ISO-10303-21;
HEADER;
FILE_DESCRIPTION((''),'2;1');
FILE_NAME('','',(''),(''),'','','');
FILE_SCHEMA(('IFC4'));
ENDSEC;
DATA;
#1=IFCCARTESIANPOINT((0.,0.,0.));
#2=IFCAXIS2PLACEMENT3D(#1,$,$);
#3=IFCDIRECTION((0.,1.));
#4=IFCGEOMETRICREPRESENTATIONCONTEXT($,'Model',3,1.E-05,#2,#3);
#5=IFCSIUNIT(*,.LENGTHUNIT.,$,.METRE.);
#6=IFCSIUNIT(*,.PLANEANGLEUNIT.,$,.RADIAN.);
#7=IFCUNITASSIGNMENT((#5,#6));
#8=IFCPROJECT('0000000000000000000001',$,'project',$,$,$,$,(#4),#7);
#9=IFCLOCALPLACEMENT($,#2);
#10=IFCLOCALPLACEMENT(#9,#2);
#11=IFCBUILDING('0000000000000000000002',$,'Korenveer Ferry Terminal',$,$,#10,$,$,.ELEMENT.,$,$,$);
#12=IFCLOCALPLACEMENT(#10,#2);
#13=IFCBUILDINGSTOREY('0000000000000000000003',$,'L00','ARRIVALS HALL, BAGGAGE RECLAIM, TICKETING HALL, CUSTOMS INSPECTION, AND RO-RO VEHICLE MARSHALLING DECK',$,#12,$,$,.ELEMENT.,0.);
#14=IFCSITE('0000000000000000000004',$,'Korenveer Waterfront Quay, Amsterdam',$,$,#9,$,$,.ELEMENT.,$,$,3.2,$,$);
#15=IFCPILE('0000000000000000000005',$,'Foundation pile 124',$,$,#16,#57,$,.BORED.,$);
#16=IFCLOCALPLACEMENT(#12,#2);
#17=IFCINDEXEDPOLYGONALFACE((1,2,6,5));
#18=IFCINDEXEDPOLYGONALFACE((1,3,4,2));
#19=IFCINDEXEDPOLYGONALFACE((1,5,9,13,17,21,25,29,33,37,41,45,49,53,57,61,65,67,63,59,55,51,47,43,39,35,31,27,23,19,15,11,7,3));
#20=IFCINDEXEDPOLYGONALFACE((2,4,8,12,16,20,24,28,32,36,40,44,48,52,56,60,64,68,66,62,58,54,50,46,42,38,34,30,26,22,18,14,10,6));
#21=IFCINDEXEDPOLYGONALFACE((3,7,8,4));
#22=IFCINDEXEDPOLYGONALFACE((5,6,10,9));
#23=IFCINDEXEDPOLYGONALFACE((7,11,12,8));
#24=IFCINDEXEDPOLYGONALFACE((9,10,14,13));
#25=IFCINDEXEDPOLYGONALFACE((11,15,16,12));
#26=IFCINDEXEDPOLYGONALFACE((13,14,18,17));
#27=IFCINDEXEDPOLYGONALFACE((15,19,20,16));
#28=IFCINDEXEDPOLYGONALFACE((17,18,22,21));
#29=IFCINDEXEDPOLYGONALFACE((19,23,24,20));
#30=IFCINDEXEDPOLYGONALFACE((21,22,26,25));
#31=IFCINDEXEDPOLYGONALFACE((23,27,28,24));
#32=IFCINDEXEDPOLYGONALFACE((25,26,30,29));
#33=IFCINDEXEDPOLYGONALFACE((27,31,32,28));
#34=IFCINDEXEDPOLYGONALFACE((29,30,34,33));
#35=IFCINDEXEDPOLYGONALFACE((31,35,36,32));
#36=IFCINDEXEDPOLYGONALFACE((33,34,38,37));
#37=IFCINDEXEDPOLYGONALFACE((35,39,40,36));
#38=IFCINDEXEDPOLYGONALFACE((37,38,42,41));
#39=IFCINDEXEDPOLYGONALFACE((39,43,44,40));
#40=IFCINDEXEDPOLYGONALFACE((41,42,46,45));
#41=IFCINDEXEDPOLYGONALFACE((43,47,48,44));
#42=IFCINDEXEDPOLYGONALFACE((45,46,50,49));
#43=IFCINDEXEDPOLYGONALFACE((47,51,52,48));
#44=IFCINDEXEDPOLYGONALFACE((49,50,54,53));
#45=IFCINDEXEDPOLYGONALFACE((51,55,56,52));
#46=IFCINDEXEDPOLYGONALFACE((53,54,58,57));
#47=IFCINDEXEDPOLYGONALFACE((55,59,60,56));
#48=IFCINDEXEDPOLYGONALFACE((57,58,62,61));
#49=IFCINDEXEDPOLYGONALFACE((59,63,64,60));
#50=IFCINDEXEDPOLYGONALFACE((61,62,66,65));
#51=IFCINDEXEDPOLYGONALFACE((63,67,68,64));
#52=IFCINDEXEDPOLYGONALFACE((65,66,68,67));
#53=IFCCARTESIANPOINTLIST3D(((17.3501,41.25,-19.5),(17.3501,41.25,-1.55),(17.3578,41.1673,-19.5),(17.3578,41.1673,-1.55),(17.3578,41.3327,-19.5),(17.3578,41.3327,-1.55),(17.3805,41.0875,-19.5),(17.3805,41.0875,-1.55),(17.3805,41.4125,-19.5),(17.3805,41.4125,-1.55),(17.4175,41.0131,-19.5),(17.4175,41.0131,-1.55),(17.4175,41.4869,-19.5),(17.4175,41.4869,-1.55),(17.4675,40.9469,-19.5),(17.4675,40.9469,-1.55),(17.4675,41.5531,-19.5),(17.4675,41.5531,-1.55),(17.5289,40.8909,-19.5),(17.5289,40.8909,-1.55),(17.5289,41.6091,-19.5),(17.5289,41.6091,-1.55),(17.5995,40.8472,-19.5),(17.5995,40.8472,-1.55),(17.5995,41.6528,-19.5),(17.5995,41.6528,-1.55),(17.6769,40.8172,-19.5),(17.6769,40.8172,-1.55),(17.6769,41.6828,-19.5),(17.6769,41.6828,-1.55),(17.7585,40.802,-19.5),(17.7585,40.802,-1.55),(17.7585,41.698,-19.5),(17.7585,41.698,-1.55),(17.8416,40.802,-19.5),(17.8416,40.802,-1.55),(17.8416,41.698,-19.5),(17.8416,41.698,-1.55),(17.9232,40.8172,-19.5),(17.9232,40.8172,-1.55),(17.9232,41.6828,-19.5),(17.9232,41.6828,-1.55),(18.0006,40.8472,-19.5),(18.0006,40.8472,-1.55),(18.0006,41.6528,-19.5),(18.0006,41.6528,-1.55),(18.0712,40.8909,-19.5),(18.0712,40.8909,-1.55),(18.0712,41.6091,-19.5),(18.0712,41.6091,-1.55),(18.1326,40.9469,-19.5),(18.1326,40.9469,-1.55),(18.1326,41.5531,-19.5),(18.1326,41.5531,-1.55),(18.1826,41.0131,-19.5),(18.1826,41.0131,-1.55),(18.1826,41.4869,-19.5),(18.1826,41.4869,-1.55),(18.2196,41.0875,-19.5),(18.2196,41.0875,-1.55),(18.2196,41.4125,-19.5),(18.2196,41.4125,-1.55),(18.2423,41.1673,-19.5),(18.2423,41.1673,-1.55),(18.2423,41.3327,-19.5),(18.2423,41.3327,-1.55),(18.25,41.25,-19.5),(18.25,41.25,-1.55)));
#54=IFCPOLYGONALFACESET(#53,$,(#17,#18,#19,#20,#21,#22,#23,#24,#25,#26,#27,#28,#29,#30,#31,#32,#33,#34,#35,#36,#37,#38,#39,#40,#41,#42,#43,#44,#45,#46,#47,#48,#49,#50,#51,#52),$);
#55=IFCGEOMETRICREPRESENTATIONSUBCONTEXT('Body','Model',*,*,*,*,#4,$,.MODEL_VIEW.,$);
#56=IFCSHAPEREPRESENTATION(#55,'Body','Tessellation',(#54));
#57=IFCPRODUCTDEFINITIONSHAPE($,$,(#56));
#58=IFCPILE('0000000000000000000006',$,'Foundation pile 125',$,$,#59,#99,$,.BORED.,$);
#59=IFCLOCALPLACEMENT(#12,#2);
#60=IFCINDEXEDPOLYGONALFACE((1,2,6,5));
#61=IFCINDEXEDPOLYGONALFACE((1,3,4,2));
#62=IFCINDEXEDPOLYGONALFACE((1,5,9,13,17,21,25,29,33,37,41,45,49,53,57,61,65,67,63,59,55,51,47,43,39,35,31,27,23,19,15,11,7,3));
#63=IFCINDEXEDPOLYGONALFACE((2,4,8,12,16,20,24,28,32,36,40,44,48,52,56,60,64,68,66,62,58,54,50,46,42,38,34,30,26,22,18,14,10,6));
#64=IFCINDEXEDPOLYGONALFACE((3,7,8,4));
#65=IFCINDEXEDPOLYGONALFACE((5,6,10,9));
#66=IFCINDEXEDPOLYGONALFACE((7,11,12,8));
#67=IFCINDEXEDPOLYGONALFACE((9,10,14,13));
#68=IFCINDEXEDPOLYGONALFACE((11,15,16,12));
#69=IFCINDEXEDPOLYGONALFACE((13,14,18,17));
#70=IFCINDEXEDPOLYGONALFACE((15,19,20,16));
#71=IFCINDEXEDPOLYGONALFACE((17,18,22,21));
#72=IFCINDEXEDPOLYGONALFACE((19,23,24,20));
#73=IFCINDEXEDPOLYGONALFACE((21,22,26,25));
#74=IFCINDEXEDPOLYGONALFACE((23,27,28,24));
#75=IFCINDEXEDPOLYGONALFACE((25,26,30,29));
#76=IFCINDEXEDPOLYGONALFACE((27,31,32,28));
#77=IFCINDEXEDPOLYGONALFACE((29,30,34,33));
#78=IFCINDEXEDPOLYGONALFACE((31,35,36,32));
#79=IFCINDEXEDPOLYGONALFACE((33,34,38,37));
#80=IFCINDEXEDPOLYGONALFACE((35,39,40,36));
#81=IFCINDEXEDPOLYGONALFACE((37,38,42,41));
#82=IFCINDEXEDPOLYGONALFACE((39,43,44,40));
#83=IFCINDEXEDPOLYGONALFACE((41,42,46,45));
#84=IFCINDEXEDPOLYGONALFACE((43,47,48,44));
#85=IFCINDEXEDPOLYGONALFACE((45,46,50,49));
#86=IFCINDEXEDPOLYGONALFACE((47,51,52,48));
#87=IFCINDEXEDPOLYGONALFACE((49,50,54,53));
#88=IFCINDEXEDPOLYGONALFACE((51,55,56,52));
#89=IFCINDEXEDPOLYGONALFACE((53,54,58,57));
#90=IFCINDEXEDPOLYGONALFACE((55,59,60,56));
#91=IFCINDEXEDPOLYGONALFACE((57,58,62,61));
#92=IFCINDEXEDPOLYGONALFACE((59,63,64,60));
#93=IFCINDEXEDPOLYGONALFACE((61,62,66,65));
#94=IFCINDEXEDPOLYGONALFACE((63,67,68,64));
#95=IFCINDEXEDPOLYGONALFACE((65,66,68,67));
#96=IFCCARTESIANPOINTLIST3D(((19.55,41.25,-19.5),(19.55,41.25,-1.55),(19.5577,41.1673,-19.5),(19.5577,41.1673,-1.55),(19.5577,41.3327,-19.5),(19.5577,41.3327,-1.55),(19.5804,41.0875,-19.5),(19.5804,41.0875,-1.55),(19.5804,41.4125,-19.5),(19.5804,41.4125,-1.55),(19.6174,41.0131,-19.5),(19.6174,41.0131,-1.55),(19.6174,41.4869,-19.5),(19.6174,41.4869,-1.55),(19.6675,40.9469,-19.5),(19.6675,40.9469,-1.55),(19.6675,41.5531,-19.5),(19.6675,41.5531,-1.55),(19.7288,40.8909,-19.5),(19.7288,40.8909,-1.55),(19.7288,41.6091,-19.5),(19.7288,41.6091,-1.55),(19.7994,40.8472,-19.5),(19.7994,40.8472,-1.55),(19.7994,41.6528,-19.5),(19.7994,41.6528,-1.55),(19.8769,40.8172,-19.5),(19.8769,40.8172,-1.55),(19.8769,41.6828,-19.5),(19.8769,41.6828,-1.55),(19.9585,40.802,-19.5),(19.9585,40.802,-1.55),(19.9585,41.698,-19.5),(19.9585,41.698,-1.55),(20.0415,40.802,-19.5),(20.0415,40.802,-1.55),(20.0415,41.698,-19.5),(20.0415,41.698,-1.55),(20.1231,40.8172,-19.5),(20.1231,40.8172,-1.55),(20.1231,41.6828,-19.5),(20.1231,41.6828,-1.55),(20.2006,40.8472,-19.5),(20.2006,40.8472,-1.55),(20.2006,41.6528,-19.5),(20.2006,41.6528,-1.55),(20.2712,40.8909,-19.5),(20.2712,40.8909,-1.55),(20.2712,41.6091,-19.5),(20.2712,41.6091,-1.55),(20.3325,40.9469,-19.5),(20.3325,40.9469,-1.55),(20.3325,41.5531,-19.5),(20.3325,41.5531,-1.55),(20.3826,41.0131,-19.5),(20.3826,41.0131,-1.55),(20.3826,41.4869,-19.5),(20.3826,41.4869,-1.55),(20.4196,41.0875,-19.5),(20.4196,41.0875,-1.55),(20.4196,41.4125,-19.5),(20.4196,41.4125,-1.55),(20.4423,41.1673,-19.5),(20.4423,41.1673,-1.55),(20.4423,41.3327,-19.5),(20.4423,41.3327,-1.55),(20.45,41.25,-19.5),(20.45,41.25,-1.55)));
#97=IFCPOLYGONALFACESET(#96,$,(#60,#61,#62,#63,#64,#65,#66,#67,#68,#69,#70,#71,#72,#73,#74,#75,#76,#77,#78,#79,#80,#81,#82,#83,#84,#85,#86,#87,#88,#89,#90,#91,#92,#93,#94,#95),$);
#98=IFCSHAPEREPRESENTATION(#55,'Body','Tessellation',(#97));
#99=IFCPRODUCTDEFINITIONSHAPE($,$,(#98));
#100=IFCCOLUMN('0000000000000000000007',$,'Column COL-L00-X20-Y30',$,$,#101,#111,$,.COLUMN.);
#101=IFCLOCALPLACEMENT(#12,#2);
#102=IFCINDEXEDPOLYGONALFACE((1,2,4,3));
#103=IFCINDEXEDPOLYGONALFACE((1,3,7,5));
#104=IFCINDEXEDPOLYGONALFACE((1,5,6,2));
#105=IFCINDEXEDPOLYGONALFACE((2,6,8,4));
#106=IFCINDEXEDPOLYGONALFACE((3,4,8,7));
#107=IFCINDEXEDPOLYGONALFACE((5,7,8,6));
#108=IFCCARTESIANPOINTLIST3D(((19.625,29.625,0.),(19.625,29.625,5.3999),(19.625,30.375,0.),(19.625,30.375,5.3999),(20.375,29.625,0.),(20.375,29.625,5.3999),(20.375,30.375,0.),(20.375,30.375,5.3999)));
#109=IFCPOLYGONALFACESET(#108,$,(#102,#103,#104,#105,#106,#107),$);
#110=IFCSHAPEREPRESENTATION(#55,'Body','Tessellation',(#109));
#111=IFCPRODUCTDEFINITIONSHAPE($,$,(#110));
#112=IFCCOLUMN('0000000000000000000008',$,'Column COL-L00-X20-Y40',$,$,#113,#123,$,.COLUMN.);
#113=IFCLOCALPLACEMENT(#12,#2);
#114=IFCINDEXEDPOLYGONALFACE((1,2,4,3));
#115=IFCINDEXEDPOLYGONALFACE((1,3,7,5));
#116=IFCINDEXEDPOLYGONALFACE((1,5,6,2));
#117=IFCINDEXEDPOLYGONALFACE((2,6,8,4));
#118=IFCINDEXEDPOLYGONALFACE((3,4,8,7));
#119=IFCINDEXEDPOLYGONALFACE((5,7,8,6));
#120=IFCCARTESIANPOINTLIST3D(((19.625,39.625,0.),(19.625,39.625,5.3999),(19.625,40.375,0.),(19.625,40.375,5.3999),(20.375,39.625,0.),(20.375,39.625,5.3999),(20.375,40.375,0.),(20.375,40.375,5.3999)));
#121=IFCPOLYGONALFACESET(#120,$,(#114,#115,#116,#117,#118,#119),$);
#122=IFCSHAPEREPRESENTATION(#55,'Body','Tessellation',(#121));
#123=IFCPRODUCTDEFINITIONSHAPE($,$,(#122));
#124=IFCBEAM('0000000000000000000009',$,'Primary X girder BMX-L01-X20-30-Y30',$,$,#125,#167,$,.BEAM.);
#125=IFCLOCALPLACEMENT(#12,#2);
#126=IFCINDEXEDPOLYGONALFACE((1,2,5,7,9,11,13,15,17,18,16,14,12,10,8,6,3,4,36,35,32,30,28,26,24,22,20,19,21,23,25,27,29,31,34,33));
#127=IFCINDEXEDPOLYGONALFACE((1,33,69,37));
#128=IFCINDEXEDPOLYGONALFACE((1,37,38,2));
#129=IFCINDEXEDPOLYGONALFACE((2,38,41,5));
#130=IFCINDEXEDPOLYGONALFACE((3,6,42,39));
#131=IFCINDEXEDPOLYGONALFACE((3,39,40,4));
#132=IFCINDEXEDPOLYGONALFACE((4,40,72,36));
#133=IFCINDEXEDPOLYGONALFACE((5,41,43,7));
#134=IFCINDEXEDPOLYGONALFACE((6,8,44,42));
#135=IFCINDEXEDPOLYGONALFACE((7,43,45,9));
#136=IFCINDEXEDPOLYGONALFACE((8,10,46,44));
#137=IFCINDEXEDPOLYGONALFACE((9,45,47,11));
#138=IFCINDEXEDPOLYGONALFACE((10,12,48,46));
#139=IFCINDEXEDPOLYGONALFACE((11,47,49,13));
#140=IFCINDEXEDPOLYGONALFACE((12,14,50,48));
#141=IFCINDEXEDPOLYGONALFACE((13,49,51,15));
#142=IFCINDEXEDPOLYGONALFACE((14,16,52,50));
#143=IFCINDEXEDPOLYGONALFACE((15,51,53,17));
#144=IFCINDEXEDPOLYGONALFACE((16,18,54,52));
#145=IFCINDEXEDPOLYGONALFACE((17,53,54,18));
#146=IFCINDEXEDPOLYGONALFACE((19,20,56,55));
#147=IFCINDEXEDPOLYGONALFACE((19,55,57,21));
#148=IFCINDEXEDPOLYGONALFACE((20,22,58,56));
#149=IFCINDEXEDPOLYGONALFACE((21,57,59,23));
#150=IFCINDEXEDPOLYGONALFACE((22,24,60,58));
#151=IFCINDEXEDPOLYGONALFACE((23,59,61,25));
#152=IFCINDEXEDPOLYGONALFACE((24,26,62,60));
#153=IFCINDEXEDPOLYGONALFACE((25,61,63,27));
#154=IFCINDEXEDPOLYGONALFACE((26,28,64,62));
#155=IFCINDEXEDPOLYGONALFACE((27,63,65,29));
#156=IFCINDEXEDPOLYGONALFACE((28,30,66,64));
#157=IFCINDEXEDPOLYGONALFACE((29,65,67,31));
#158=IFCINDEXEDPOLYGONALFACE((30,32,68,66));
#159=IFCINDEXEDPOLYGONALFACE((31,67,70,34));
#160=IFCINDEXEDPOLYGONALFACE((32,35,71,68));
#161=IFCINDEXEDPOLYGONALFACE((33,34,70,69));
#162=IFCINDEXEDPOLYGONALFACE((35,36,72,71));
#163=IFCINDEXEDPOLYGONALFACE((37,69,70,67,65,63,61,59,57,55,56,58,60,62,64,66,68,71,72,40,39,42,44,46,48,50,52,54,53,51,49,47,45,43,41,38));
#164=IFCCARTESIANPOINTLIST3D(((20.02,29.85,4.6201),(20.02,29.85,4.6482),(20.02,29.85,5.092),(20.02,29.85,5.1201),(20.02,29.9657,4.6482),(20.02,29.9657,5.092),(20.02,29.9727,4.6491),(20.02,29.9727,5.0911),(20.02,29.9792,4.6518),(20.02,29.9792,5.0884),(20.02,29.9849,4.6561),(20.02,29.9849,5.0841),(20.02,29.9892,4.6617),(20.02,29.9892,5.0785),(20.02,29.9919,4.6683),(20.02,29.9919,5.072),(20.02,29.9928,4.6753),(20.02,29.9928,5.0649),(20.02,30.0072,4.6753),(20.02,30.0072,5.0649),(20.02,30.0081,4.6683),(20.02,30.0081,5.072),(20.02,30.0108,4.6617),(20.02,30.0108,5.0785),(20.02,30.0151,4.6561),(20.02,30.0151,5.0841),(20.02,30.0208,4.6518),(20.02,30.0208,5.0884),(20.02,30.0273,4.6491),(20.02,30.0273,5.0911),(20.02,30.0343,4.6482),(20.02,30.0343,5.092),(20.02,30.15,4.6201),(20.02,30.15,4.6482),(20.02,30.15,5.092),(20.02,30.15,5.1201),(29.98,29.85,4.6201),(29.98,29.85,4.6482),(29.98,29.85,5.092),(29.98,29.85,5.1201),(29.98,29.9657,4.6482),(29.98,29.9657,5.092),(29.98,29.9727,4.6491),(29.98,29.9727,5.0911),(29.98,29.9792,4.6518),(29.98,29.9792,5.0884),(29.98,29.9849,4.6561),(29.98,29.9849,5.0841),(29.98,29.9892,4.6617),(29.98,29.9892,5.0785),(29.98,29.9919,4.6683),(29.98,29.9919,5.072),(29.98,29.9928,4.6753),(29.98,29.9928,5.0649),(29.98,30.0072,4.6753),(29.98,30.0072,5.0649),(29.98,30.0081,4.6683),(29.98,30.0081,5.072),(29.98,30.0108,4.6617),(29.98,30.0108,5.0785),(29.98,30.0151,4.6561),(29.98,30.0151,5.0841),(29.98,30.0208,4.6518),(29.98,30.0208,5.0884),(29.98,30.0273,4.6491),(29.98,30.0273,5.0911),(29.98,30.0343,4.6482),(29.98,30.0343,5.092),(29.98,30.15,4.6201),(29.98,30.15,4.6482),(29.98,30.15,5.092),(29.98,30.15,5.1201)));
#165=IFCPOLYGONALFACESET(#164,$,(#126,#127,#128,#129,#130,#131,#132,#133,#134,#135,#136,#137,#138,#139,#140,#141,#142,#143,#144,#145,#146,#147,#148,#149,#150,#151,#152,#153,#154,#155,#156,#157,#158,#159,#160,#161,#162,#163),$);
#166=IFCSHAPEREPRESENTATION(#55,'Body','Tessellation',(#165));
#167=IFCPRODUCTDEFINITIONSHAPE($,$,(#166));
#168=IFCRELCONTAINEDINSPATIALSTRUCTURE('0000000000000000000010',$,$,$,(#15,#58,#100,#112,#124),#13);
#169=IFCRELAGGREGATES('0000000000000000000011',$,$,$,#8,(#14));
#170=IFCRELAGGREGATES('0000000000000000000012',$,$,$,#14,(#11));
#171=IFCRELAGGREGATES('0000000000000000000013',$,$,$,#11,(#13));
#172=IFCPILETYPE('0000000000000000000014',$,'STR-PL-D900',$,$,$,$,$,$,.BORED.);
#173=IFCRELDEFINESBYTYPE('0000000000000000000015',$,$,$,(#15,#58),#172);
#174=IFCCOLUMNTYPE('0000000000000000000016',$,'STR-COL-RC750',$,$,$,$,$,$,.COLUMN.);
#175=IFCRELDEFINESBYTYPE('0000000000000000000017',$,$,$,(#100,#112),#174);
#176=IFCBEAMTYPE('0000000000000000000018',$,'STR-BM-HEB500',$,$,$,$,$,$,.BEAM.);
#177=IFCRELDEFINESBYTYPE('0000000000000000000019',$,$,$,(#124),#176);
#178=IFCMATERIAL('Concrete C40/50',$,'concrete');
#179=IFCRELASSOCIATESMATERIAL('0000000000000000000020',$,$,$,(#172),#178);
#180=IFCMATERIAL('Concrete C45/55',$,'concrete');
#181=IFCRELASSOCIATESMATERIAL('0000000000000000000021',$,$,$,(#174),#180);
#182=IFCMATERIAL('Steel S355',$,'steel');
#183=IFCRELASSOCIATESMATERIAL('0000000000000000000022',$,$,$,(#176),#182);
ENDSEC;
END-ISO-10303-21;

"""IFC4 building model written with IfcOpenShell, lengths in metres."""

from ifc_helpers import new_model, si_unit, direction, frame, origin, origin_2d, place, context, subcontext, project, spatial, rectangle, circle, i_section, extrude, material, material_profile, profile_set, type_object, element, save


model = new_model("IFC4")

# Units and contexts
model_context = context("Model", 3, precision=1e-05, world=origin(), true_north=direction((0.0, 1.0)))
body_context = subcontext(model_context, "Body", "Model", "MODEL_VIEW")
ifc_project = project(units=[si_unit("LENGTHUNIT", "METRE"), si_unit("PLANEANGLEUNIT", "RADIAN")], contexts=[model_context])

# Site, building, storey
site_placement = place(None, origin())
site = spatial("IfcSite", under=ifc_project, at=site_placement, Name="Korenveer Waterfront Quay, Amsterdam", CompositionType="ELEMENT", RefElevation=3.2)
building_placement = place(site_placement, origin())
building = spatial("IfcBuilding", under=site, at=building_placement, Name="Korenveer Ferry Terminal", CompositionType="ELEMENT")
storey_placement = place(building_placement, origin())
storey = spatial("IfcBuildingStorey", under=building, at=storey_placement, Name="L00", Description="ARRIVALS HALL, BAGGAGE RECLAIM, TICKETING HALL, CUSTOMS INSPECTION, AND RO-RO VEHICLE MARSHALLING DECK", CompositionType="ELEMENT", Elevation=0.0)

# Shared definitions
ifc_material_1 = material(Name="Concrete C40/50", Category="concrete")
ifc_material_2 = material(Name="Concrete C45/55", Category="concrete")

# Piles
ifc_material_profile_1 = material_profile(ifc_material_1, circle(Radius=0.45, at=origin_2d()), Name="PILE D900")
ifc_profile_set_1 = profile_set([ifc_material_profile_1], Name="Concrete C40/50")
pile_type_1 = type_object("IfcPileType", Name="STR-PL-D900", PredefinedType="BORED", material=ifc_profile_set_1)
for number, where, z_axis, x_axis, name in (
    (1, (17.8, 41.25, -1.55), (0.0, 0.0, -1.0), (1.0, 0.0, 0.0), "Foundation pile 124"),
    (2, (20.0, 41.25, -1.55), (0.0, 0.0, -1.0), (1.0, 0.0, 0.0), "Foundation pile 125"),
):
    element("IfcPile", number, at=place(storey_placement, frame(where, z_axis=z_axis, x_axis=x_axis)), inside=storey, type_object=pile_type_1, Name=name, PredefinedType="BORED", context=body_context, shape_type="SweptSolid", body=[
        extrude(circle(Radius=0.45, at=origin_2d()), origin(), (0.0, 0.0, 1.0), 17.95),
    ])

# Columns
ifc_material_profile_2 = material_profile(ifc_material_2, rectangle(XDim=0.75, YDim=0.75, at=origin_2d()), Name="RC 750x750")
ifc_profile_set_2 = profile_set([ifc_material_profile_2], Name="Concrete C45/55")
column_type = type_object("IfcColumnType", Name="STR-COL-RC750", PredefinedType="COLUMN", material=ifc_profile_set_2)
for number, where, z_axis, x_axis, name in (
    (3, (20.0, 30.0, 0.0), (0.0, 0.0, 1.0), (1.0, 0.0, 0.0), "Column COL-L00-X20-Y30"),
    (4, (20.0, 40.0, 0.0), (0.0, 0.0, 1.0), (1.0, 0.0, 0.0), "Column COL-L00-X20-Y40"),
):
    element("IfcColumn", number, at=place(storey_placement, frame(where, z_axis=z_axis, x_axis=x_axis)), inside=storey, type_object=column_type, Name=name, PredefinedType="COLUMN", context=body_context, shape_type="SweptSolid", body=[
        extrude(rectangle(XDim=0.75, YDim=0.75, at=origin_2d()), origin(), (0.0, 0.0, 1.0), 5.3999),
    ])

# Beam
ifc_material_3 = material(Name="Steel S355", Category="steel")
ifc_material_profile_3 = material_profile(ifc_material_3, i_section(OverallWidth=0.3, OverallDepth=0.5, WebThickness=0.0144, FlangeThickness=0.0281, FilletRadius=0.0271, at=origin_2d()), Name="HEB 500")
ifc_profile_set_3 = profile_set([ifc_material_profile_3], Name="Steel S355")
beam_type_1 = type_object("IfcBeamType", Name="STR-BM-HEB500", PredefinedType="BEAM", material=ifc_profile_set_3)
beam_placement = place(storey_placement, frame((20.02, 30.0, 4.8701), z_axis=(1.0, 0.0, 0.0), x_axis=(0.0, 1.0, 0.0)))
element("IfcBeam", 5, at=beam_placement, inside=storey, type_object=beam_type_1, Name="Primary X girder BMX-L01-X20-30-Y30", PredefinedType="BEAM", context=body_context, shape_type="SweptSolid", body=[
    extrude(i_section(OverallWidth=0.3, OverallDepth=0.5, WebThickness=0.0144, FlangeThickness=0.0281, FilletRadius=0.0271, at=origin_2d()), origin(), (0.0, 0.0, 1.0), 9.96),
])

save(model, "model.ifc")
